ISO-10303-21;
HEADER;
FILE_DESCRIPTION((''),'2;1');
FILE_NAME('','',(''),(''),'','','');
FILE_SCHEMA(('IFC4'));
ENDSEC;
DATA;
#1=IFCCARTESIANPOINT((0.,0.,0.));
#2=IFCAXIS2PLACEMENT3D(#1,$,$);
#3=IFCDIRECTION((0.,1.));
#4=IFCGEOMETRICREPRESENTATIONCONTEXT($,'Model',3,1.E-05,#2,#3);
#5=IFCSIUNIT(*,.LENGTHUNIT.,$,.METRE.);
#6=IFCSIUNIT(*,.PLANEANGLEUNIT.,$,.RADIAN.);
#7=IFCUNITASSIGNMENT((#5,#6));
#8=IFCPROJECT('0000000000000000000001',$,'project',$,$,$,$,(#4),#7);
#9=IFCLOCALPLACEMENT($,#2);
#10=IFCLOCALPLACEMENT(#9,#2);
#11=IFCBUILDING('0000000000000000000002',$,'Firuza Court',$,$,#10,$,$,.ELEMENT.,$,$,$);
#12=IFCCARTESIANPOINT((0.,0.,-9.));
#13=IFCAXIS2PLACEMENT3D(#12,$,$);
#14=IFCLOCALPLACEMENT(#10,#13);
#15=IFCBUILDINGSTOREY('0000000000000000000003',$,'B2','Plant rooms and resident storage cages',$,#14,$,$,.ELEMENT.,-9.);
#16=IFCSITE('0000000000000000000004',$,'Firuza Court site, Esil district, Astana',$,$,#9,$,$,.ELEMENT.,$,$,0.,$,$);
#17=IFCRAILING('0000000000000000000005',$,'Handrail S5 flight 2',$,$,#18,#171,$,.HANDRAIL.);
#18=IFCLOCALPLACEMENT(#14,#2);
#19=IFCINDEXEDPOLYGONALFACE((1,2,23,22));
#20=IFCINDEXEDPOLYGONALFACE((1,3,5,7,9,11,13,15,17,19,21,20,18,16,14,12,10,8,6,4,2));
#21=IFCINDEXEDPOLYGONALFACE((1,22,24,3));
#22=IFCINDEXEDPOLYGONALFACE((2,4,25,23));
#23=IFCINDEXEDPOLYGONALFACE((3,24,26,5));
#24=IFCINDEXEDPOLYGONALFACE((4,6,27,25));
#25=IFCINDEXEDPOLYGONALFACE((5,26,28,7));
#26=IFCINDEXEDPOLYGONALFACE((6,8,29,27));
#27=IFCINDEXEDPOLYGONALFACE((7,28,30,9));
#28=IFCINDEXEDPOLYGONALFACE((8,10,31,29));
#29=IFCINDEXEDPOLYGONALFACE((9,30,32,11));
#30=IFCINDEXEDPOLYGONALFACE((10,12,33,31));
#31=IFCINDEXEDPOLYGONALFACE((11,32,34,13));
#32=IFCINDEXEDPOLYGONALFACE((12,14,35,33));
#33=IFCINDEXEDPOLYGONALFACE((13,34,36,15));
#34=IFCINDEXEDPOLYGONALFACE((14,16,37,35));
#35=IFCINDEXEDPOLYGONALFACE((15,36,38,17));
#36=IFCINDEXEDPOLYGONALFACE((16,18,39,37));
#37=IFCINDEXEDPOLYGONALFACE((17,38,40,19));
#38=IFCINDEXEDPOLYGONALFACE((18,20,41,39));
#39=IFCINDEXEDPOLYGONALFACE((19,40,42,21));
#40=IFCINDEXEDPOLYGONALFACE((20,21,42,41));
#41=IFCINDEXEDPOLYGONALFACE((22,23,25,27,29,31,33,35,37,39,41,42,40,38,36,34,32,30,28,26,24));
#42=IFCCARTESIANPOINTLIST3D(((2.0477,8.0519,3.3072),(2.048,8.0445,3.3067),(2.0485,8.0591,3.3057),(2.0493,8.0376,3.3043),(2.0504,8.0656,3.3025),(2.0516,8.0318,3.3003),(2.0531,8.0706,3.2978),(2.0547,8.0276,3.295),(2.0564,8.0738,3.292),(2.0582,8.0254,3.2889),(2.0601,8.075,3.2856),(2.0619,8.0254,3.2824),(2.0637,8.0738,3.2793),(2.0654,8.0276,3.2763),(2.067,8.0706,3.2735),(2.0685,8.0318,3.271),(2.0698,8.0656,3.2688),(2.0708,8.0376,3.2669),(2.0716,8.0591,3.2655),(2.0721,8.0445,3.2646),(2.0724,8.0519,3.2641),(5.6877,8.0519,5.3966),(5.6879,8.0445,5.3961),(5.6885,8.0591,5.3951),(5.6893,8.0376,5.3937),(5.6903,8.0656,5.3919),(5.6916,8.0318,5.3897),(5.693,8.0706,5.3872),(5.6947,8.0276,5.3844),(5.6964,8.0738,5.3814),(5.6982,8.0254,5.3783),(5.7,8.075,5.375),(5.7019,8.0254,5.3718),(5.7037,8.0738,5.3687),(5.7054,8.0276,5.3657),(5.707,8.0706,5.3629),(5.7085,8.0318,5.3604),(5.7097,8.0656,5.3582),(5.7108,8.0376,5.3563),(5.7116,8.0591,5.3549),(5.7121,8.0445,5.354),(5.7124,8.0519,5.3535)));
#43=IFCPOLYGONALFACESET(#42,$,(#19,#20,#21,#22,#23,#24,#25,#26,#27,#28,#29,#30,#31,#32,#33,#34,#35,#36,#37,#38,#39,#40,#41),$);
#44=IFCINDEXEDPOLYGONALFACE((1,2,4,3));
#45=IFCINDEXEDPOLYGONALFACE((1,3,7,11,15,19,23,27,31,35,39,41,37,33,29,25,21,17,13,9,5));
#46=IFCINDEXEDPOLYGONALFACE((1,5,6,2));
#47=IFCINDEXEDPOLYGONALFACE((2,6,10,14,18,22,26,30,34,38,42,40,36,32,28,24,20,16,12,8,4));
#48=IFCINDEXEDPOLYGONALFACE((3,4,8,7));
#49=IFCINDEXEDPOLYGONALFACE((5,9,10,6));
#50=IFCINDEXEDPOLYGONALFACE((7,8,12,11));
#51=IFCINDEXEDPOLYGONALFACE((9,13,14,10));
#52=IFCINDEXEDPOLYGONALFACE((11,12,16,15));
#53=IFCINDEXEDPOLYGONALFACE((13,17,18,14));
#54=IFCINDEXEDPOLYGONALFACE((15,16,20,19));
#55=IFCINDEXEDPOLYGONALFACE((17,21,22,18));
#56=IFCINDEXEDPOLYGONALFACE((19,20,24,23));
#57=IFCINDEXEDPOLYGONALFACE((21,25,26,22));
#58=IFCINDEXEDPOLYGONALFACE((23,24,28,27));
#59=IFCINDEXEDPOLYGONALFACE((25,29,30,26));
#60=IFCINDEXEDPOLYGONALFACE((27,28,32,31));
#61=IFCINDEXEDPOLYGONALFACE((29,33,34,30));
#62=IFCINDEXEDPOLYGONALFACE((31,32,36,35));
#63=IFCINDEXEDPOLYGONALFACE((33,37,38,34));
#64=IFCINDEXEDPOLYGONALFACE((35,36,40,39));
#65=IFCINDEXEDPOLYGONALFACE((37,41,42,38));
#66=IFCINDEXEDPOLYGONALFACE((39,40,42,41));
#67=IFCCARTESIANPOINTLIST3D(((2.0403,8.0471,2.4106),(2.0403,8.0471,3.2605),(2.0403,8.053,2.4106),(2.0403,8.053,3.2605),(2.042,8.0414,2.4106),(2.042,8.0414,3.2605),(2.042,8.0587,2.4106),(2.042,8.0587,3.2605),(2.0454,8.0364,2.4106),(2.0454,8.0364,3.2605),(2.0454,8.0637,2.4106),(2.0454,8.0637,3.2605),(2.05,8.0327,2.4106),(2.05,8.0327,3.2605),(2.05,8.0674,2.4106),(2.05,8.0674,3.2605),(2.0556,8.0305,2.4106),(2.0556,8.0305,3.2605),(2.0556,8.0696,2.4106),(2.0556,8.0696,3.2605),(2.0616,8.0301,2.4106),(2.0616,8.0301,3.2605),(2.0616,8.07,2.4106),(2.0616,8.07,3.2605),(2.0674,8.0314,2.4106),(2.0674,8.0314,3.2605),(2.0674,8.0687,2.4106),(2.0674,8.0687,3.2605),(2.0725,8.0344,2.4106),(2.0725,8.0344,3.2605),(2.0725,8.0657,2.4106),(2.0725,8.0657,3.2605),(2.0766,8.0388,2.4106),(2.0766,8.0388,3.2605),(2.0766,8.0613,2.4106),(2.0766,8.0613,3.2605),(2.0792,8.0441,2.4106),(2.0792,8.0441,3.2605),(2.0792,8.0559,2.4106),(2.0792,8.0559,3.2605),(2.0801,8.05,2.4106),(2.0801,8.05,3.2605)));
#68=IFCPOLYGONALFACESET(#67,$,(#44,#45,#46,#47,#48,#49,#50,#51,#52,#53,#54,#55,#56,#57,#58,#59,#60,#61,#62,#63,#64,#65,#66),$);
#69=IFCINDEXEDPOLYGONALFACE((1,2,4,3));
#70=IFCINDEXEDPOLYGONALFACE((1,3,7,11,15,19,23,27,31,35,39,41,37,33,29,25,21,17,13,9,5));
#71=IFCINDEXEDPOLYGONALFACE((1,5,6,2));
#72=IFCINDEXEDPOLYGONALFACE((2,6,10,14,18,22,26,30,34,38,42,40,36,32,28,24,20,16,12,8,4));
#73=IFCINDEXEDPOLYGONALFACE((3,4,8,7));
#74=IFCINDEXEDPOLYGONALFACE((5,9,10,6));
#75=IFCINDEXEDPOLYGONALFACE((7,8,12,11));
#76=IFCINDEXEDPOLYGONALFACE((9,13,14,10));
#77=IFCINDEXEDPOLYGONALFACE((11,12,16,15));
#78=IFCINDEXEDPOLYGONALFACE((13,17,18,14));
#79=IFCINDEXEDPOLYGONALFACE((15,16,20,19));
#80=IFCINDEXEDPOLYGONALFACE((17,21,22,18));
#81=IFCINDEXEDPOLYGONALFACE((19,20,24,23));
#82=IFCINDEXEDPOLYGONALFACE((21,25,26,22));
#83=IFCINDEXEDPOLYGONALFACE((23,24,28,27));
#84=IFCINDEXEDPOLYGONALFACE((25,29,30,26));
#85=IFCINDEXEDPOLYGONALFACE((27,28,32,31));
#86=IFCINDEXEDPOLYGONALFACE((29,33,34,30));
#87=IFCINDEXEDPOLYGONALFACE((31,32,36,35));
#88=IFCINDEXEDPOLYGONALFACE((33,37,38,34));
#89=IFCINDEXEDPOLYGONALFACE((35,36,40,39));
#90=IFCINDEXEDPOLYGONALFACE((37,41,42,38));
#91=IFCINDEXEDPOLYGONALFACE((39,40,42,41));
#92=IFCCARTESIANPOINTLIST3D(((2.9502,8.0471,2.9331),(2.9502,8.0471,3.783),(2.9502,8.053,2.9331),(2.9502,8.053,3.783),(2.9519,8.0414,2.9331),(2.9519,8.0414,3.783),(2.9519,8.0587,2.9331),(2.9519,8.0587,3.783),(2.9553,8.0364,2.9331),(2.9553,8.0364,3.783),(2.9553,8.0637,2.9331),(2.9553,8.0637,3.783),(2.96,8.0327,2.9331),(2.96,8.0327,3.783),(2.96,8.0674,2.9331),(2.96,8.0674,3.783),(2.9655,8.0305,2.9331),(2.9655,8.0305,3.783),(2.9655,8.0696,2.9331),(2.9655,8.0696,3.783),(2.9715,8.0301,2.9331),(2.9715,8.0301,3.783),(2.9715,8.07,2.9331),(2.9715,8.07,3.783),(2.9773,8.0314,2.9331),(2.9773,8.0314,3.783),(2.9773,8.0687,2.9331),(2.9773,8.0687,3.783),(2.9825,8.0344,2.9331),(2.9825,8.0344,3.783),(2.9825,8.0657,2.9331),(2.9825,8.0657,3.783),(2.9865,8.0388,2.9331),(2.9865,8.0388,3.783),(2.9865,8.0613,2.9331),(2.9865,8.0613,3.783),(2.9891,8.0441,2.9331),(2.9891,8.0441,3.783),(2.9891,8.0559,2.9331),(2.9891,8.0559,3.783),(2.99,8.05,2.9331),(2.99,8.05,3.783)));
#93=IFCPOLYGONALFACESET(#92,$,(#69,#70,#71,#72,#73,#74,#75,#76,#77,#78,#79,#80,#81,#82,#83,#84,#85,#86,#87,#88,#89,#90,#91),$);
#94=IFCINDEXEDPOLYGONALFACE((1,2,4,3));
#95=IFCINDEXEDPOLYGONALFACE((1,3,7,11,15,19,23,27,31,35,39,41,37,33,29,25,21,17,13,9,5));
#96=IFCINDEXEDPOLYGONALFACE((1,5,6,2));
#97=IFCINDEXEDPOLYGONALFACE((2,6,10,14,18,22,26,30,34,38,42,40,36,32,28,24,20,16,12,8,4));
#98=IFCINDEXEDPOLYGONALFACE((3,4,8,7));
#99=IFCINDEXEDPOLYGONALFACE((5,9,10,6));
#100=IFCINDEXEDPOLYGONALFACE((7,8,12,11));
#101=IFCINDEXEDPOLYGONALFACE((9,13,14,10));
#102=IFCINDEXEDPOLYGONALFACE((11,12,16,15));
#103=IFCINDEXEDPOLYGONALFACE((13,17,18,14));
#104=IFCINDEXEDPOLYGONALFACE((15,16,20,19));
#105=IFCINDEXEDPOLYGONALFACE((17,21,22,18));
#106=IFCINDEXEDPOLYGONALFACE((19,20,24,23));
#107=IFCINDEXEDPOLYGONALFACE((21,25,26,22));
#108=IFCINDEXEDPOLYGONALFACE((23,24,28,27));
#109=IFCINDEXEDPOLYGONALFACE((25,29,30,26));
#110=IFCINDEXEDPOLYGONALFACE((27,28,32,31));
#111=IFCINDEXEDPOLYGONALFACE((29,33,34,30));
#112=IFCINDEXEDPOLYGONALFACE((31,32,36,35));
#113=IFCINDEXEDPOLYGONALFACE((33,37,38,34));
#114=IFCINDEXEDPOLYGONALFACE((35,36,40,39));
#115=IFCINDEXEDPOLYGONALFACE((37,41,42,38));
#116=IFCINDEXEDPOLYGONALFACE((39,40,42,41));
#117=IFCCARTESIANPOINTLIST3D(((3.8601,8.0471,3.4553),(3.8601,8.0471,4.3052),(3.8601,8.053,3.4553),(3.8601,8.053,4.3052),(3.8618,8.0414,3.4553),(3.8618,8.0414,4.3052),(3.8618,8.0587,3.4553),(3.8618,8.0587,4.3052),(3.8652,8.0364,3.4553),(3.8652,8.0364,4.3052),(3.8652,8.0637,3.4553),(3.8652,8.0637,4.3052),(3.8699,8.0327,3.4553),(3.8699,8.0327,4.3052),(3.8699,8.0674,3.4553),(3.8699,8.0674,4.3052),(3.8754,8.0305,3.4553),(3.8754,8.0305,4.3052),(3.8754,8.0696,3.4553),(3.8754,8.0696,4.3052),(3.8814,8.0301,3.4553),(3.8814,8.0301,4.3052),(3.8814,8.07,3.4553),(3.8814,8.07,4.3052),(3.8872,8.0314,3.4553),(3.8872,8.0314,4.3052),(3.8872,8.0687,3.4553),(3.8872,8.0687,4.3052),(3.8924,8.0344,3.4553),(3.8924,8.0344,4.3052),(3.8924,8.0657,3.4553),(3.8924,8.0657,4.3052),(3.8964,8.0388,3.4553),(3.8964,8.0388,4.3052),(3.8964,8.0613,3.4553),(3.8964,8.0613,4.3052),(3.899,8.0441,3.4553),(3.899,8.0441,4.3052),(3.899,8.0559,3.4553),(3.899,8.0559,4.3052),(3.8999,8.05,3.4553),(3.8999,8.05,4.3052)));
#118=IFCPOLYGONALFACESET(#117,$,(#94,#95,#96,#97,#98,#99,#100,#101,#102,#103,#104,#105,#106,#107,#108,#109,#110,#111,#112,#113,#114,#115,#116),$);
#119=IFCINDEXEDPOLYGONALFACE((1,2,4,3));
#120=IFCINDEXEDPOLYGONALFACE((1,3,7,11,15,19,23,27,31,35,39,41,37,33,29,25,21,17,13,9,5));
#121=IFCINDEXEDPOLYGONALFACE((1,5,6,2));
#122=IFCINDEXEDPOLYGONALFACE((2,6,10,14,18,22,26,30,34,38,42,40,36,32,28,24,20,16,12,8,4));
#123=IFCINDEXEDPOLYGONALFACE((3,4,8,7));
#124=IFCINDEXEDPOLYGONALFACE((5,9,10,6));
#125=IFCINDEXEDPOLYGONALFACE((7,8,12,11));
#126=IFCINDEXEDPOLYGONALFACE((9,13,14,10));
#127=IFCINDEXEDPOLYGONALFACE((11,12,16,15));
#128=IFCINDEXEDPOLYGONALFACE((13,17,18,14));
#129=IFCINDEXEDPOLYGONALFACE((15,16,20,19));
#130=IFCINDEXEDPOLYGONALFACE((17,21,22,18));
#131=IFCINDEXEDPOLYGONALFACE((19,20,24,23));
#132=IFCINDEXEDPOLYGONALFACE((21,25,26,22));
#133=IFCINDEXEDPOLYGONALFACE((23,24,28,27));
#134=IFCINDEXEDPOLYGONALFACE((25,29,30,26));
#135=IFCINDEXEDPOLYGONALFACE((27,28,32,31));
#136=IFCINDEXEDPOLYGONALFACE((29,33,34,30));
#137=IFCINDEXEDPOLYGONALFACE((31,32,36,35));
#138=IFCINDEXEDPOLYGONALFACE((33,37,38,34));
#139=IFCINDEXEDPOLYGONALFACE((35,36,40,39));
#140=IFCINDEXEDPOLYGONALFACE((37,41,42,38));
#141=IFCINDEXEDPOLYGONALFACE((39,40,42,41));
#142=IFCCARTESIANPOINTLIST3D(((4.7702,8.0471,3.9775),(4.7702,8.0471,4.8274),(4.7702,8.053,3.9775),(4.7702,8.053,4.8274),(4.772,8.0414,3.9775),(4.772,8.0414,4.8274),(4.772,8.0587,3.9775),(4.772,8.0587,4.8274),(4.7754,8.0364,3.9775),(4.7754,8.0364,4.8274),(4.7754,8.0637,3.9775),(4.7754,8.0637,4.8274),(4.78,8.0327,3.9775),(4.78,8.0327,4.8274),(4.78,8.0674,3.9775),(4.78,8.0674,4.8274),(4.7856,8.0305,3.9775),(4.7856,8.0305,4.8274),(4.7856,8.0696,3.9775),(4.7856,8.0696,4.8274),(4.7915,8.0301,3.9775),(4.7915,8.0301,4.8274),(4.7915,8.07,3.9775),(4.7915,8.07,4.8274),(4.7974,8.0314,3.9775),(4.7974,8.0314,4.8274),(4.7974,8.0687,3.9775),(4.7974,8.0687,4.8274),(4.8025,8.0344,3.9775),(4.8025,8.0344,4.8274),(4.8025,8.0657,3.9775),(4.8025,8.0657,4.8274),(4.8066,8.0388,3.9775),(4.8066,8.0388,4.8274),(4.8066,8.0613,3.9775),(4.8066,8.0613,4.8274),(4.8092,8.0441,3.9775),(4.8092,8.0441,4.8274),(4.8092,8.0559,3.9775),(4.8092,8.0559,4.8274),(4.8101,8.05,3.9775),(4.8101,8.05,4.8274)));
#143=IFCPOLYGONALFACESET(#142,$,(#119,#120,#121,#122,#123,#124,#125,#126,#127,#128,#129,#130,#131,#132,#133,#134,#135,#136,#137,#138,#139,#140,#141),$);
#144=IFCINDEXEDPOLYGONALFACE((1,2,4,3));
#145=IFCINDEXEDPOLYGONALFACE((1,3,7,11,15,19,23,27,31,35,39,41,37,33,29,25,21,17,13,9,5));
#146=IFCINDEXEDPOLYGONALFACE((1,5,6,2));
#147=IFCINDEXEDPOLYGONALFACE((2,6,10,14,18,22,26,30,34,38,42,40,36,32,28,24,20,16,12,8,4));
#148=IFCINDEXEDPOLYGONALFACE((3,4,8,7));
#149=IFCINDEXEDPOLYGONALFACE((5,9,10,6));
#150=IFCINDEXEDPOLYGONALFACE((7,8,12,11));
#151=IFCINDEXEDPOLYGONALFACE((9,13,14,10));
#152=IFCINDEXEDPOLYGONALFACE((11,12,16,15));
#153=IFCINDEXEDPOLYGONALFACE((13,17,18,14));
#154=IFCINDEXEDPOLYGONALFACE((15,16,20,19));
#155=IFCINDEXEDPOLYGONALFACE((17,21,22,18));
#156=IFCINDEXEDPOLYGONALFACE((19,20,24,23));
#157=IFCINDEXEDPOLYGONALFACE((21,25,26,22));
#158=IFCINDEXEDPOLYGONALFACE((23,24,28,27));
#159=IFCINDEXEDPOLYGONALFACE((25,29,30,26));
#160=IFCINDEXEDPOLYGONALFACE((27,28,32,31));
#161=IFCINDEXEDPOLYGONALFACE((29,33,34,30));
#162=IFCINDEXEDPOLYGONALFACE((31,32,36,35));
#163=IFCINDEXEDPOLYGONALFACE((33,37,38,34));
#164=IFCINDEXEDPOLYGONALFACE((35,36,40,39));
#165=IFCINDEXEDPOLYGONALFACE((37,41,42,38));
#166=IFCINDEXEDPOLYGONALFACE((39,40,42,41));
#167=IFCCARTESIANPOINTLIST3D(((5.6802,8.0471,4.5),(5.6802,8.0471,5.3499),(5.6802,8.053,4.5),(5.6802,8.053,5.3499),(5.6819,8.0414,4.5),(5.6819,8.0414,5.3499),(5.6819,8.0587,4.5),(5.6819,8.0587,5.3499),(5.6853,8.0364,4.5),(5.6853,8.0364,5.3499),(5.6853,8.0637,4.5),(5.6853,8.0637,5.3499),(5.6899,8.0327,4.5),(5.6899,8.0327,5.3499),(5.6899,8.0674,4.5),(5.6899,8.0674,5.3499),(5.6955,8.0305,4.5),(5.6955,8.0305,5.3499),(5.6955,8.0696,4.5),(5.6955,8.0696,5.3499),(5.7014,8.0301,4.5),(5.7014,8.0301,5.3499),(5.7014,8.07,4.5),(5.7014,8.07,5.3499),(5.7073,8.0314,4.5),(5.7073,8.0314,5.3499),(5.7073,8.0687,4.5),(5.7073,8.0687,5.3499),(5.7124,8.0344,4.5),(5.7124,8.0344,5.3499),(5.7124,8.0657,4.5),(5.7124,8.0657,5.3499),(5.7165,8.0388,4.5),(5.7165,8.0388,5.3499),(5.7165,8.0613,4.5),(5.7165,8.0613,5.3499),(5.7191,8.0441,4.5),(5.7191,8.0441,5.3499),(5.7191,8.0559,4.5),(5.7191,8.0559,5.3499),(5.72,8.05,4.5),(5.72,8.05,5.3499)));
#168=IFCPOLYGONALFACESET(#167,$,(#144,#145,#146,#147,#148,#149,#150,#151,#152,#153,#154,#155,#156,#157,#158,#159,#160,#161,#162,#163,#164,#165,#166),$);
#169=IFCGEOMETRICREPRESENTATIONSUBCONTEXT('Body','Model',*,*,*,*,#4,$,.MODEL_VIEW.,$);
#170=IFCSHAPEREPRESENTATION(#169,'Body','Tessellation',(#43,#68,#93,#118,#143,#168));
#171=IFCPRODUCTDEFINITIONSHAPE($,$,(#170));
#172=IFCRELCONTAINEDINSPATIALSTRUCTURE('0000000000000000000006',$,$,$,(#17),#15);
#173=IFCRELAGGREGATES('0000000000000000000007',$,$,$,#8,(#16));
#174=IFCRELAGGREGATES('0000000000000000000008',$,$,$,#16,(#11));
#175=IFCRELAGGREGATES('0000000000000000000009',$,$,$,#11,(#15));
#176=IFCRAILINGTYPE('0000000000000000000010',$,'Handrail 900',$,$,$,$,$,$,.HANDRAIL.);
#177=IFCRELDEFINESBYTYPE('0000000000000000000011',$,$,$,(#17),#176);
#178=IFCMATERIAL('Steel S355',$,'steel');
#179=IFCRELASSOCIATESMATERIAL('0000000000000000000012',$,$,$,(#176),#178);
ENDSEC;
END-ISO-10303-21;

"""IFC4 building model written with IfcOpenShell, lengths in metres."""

from ifc_helpers import new_model, si_unit, direction, frame, origin, origin_2d, place, context, subcontext, project, spatial, circle, extrude, material, type_object, element, save


model = new_model("IFC4")

# Units and contexts
model_context = context("Model", 3, precision=1e-05, world=origin(), true_north=direction((0.0, 1.0)))
body_context = subcontext(model_context, "Body", "Model", "MODEL_VIEW")
ifc_project = project(units=[si_unit("LENGTHUNIT", "METRE"), si_unit("PLANEANGLEUNIT", "RADIAN")], contexts=[model_context])

# Site, building, storey
site_placement = place(None, origin())
site = spatial("IfcSite", under=ifc_project, at=site_placement, Name="Firuza Court site, Esil district, Astana", CompositionType="ELEMENT", RefElevation=0.0)
building_placement = place(site_placement, origin())
building = spatial("IfcBuilding", under=site, at=building_placement, Name="Firuza Court", CompositionType="ELEMENT")
storey_placement = place(building_placement, frame((0.0, 0.0, -9.0)))
storey = spatial("IfcBuildingStorey", under=building, at=storey_placement, Name="B2", Description="Plant rooms and resident storage cages", CompositionType="ELEMENT", Elevation=-9.0)

# Railing
ifc_material_1 = material(Name="Steel S355", Category="steel")
railing_type = type_object("IfcRailingType", Name="Handrail 900", PredefinedType="HANDRAIL", material=ifc_material_1)
railing_placement = place(storey_placement, frame((2.0601, 8.05, 2.4106)))
element("IfcRailing", 1, at=railing_placement, inside=storey, type_object=railing_type, Name="Handrail S5 flight 2", PredefinedType="HANDRAIL", context=body_context, shape_type="SweptSolid", body=[
    extrude(circle(Radius=0.0249, at=origin_2d()), frame((0.0, 0.0, 0.875), z_axis=(0.867275, 0.0, 0.497829), x_axis=(0.0, 1.0, 0.0)), (0.0, 0.0, 1.0), 4.197),
    extrude(circle(Radius=0.02, at=origin_2d()), origin(), (0.0, 0.0, 1.0), 0.8499),
    extrude(circle(Radius=0.02, at=origin_2d()), frame((0.9099, 0.0, 0.5225)), (0.0, 0.0, 1.0), 0.8499),
    extrude(circle(Radius=0.02, at=origin_2d()), frame((1.8198, 0.0, 1.0447)), (0.0, 0.0, 1.0), 0.8499),
    extrude(circle(Radius=0.02, at=origin_2d()), frame((2.73, 0.0, 1.5669)), (0.0, 0.0, 1.0), 0.8499),
    extrude(circle(Radius=0.02, at=origin_2d()), frame((3.6399, 0.0, 2.0894)), (0.0, 0.0, 1.0), 0.8499),
])

save(model, "model.ifc")
